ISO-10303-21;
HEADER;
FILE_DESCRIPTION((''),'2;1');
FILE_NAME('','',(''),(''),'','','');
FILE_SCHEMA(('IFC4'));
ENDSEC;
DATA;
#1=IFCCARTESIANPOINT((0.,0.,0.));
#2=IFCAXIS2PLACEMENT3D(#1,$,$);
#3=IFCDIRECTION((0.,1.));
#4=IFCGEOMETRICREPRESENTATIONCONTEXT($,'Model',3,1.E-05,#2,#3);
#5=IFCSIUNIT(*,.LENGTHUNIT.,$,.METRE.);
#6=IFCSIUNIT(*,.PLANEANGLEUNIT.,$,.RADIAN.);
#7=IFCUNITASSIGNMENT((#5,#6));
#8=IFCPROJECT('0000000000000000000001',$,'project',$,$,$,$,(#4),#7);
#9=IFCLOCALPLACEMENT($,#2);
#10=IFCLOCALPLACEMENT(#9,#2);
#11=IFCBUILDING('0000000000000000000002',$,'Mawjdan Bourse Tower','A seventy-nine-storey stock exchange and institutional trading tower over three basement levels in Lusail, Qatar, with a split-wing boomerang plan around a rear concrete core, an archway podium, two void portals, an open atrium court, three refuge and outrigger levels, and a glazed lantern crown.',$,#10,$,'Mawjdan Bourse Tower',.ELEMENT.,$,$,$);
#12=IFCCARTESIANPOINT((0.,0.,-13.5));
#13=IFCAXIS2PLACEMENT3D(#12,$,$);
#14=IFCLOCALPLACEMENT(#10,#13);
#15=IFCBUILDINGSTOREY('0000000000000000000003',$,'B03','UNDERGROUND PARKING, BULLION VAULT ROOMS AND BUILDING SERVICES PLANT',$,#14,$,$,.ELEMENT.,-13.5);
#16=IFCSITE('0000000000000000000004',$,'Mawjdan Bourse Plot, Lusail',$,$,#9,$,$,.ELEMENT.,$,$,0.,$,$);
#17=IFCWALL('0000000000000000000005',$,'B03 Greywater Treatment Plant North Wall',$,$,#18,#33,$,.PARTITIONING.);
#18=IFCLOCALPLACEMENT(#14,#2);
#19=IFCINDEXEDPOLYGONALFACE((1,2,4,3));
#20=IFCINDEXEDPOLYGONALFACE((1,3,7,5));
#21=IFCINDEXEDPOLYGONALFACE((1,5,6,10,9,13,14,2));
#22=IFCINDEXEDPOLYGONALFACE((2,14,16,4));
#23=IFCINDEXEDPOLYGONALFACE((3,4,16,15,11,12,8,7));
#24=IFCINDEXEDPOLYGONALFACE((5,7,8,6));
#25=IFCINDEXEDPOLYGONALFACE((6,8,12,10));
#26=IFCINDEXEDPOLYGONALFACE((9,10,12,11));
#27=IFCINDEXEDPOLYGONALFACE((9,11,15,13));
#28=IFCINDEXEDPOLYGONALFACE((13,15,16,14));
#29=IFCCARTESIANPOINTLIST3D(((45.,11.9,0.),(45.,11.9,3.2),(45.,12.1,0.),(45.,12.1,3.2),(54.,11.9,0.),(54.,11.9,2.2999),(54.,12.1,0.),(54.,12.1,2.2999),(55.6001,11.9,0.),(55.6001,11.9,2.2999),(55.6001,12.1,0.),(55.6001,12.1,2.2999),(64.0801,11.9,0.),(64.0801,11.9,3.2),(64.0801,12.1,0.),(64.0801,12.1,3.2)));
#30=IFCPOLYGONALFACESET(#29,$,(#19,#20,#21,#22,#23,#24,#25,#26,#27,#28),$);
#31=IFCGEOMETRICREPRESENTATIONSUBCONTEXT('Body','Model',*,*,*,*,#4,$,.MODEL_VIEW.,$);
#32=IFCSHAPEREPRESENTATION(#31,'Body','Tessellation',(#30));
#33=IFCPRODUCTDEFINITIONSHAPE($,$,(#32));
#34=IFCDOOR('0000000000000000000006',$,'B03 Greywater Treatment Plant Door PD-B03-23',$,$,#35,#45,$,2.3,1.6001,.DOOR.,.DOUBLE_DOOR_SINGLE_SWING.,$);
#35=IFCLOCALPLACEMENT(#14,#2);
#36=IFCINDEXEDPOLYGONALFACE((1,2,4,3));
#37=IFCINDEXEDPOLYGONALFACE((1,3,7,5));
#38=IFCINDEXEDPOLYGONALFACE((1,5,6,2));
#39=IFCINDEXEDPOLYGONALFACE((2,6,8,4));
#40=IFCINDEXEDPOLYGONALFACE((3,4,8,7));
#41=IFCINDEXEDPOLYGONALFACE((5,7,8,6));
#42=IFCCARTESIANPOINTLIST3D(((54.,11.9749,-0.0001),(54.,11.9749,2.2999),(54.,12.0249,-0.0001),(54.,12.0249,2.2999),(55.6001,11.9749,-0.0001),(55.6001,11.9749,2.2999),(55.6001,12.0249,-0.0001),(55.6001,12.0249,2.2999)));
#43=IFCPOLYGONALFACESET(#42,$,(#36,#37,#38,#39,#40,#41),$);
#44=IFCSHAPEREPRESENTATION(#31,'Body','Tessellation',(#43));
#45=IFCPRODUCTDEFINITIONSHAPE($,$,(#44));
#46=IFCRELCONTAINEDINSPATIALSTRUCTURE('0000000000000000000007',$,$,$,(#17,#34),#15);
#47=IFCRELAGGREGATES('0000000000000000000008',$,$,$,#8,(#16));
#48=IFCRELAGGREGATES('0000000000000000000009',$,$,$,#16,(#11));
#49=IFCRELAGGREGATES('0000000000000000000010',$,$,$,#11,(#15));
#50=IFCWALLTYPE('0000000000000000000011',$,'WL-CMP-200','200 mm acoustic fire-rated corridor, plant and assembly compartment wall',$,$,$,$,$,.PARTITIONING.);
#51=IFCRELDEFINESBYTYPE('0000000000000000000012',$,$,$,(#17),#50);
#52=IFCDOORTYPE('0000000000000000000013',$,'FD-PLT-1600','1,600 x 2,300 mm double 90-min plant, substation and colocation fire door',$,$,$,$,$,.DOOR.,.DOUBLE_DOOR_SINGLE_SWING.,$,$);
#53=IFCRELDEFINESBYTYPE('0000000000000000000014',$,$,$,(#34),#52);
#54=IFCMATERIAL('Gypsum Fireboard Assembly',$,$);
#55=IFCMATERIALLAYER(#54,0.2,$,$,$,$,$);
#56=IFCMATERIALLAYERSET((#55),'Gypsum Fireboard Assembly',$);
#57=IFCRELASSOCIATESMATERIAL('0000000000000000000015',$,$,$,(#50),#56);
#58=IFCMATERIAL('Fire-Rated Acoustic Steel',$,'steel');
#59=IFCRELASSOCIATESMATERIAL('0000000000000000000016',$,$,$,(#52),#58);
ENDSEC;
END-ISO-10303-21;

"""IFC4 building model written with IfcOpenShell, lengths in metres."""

from ifc_helpers import new_model, si_unit, direction, frame, frame_2d, origin, place, context, subcontext, project, spatial, rectangle, extrude, material, layer, layer_set, type_object, element, fill, save


model = new_model("IFC4")

# Units and contexts
model_context = context("Model", 3, precision=1e-05, world=origin(), true_north=direction((0.0, 1.0)))
body_context = subcontext(model_context, "Body", "Model", "MODEL_VIEW")
ifc_project = project(units=[si_unit("LENGTHUNIT", "METRE"), si_unit("PLANEANGLEUNIT", "RADIAN")], contexts=[model_context])

# Site, building, storey
site_placement = place(None, origin())
site = spatial("IfcSite", under=ifc_project, at=site_placement, Name="Mawjdan Bourse Plot, Lusail", CompositionType="ELEMENT", RefElevation=0.0)
building_placement = place(site_placement, origin())
building = spatial("IfcBuilding", under=site, at=building_placement, Name="Mawjdan Bourse Tower", Description="A seventy-nine-storey stock exchange and institutional trading tower over three basement levels in Lusail, Qatar, with a split-wing boomerang plan around a rear concrete core, an archway podium, two void portals, an open atrium court, three refuge and outrigger levels, and a glazed lantern crown.", LongName="Mawjdan Bourse Tower", CompositionType="ELEMENT")
storey_placement = place(building_placement, frame((0.0, 0.0, -13.5)))
storey = spatial("IfcBuildingStorey", under=building, at=storey_placement, Name="B03", Description="UNDERGROUND PARKING, BULLION VAULT ROOMS AND BUILDING SERVICES PLANT", CompositionType="ELEMENT", Elevation=-13.5)

# Shared definitions
ifc_material_1 = material(Name="Gypsum Fireboard Assembly")
ifc_layer = layer(ifc_material_1, 0.2)
ifc_layer_set = layer_set([ifc_layer], Name="Gypsum Fireboard Assembly")
wall_type = type_object("IfcWallType", Name="WL-CMP-200", Description="200 mm acoustic fire-rated corridor, plant and assembly compartment wall", PredefinedType="PARTITIONING", material=ifc_layer_set)

# Wall, opening, door
wall_1_placement = place(storey_placement, frame((45.0, 12.0, 0.0), z_axis=(0.0, 0.0, 1.0), x_axis=(1.0, 0.0, 0.0)))
wall_1 = element("IfcWall", 1, at=wall_1_placement, inside=storey, type_object=wall_type, Name="B03 Greywater Treatment Plant North Wall", PredefinedType="PARTITIONING", context=body_context, shape_type="SweptSolid", body=[
    extrude(rectangle(XDim=19.0801, YDim=0.2, at=frame_2d((9.54, 0.0))), origin(), (0.0, 0.0, 1.0), 3.2),
])
opening_placement = place(wall_1_placement, frame((9.0, 0.0, 0.0)))
opening = element("IfcOpeningElement", 2, at=opening_placement, cuts=wall_1, PredefinedType="OPENING", context=body_context, shape_type="SweptSolid", body=[
    extrude(rectangle(XDim=1.6001, YDim=2.3, at=frame_2d((0.8, 1.1499))), frame((0.0, 0.1099, 0.0), z_axis=(0.0, -1.0, 0.0), x_axis=(1.0, 0.0, 0.0)), (0.0, 0.0, 1.0), 0.22),
])
ifc_material_2 = material(Name="Fire-Rated Acoustic Steel", Category="steel")
door_type = type_object("IfcDoorType", Name="FD-PLT-1600", Description="1,600 x 2,300 mm double 90-min plant, substation and colocation fire door", OperationType="DOUBLE_DOOR_SINGLE_SWING", PredefinedType="DOOR", material=ifc_material_2)
door_placement = place(opening_placement, origin())
door = element("IfcDoor", 3, at=door_placement, inside=storey, type_object=door_type, Name="B03 Greywater Treatment Plant Door PD-B03-23", OperationType="DOUBLE_DOOR_SINGLE_SWING", OverallHeight=2.3, OverallWidth=1.6001, PredefinedType="DOOR", context=body_context, shape_type="SweptSolid", body=[
    extrude(rectangle(XDim=1.6001, YDim=2.3, at=frame_2d((0.8, 1.1499))), frame((0.0, 0.0249, 0.0), z_axis=(0.0, -1.0, 0.0), x_axis=(1.0, 0.0, 0.0)), (0.0, 0.0, 1.0), 0.05),
])
fill(opening, door)

save(model, "model.ifc")
